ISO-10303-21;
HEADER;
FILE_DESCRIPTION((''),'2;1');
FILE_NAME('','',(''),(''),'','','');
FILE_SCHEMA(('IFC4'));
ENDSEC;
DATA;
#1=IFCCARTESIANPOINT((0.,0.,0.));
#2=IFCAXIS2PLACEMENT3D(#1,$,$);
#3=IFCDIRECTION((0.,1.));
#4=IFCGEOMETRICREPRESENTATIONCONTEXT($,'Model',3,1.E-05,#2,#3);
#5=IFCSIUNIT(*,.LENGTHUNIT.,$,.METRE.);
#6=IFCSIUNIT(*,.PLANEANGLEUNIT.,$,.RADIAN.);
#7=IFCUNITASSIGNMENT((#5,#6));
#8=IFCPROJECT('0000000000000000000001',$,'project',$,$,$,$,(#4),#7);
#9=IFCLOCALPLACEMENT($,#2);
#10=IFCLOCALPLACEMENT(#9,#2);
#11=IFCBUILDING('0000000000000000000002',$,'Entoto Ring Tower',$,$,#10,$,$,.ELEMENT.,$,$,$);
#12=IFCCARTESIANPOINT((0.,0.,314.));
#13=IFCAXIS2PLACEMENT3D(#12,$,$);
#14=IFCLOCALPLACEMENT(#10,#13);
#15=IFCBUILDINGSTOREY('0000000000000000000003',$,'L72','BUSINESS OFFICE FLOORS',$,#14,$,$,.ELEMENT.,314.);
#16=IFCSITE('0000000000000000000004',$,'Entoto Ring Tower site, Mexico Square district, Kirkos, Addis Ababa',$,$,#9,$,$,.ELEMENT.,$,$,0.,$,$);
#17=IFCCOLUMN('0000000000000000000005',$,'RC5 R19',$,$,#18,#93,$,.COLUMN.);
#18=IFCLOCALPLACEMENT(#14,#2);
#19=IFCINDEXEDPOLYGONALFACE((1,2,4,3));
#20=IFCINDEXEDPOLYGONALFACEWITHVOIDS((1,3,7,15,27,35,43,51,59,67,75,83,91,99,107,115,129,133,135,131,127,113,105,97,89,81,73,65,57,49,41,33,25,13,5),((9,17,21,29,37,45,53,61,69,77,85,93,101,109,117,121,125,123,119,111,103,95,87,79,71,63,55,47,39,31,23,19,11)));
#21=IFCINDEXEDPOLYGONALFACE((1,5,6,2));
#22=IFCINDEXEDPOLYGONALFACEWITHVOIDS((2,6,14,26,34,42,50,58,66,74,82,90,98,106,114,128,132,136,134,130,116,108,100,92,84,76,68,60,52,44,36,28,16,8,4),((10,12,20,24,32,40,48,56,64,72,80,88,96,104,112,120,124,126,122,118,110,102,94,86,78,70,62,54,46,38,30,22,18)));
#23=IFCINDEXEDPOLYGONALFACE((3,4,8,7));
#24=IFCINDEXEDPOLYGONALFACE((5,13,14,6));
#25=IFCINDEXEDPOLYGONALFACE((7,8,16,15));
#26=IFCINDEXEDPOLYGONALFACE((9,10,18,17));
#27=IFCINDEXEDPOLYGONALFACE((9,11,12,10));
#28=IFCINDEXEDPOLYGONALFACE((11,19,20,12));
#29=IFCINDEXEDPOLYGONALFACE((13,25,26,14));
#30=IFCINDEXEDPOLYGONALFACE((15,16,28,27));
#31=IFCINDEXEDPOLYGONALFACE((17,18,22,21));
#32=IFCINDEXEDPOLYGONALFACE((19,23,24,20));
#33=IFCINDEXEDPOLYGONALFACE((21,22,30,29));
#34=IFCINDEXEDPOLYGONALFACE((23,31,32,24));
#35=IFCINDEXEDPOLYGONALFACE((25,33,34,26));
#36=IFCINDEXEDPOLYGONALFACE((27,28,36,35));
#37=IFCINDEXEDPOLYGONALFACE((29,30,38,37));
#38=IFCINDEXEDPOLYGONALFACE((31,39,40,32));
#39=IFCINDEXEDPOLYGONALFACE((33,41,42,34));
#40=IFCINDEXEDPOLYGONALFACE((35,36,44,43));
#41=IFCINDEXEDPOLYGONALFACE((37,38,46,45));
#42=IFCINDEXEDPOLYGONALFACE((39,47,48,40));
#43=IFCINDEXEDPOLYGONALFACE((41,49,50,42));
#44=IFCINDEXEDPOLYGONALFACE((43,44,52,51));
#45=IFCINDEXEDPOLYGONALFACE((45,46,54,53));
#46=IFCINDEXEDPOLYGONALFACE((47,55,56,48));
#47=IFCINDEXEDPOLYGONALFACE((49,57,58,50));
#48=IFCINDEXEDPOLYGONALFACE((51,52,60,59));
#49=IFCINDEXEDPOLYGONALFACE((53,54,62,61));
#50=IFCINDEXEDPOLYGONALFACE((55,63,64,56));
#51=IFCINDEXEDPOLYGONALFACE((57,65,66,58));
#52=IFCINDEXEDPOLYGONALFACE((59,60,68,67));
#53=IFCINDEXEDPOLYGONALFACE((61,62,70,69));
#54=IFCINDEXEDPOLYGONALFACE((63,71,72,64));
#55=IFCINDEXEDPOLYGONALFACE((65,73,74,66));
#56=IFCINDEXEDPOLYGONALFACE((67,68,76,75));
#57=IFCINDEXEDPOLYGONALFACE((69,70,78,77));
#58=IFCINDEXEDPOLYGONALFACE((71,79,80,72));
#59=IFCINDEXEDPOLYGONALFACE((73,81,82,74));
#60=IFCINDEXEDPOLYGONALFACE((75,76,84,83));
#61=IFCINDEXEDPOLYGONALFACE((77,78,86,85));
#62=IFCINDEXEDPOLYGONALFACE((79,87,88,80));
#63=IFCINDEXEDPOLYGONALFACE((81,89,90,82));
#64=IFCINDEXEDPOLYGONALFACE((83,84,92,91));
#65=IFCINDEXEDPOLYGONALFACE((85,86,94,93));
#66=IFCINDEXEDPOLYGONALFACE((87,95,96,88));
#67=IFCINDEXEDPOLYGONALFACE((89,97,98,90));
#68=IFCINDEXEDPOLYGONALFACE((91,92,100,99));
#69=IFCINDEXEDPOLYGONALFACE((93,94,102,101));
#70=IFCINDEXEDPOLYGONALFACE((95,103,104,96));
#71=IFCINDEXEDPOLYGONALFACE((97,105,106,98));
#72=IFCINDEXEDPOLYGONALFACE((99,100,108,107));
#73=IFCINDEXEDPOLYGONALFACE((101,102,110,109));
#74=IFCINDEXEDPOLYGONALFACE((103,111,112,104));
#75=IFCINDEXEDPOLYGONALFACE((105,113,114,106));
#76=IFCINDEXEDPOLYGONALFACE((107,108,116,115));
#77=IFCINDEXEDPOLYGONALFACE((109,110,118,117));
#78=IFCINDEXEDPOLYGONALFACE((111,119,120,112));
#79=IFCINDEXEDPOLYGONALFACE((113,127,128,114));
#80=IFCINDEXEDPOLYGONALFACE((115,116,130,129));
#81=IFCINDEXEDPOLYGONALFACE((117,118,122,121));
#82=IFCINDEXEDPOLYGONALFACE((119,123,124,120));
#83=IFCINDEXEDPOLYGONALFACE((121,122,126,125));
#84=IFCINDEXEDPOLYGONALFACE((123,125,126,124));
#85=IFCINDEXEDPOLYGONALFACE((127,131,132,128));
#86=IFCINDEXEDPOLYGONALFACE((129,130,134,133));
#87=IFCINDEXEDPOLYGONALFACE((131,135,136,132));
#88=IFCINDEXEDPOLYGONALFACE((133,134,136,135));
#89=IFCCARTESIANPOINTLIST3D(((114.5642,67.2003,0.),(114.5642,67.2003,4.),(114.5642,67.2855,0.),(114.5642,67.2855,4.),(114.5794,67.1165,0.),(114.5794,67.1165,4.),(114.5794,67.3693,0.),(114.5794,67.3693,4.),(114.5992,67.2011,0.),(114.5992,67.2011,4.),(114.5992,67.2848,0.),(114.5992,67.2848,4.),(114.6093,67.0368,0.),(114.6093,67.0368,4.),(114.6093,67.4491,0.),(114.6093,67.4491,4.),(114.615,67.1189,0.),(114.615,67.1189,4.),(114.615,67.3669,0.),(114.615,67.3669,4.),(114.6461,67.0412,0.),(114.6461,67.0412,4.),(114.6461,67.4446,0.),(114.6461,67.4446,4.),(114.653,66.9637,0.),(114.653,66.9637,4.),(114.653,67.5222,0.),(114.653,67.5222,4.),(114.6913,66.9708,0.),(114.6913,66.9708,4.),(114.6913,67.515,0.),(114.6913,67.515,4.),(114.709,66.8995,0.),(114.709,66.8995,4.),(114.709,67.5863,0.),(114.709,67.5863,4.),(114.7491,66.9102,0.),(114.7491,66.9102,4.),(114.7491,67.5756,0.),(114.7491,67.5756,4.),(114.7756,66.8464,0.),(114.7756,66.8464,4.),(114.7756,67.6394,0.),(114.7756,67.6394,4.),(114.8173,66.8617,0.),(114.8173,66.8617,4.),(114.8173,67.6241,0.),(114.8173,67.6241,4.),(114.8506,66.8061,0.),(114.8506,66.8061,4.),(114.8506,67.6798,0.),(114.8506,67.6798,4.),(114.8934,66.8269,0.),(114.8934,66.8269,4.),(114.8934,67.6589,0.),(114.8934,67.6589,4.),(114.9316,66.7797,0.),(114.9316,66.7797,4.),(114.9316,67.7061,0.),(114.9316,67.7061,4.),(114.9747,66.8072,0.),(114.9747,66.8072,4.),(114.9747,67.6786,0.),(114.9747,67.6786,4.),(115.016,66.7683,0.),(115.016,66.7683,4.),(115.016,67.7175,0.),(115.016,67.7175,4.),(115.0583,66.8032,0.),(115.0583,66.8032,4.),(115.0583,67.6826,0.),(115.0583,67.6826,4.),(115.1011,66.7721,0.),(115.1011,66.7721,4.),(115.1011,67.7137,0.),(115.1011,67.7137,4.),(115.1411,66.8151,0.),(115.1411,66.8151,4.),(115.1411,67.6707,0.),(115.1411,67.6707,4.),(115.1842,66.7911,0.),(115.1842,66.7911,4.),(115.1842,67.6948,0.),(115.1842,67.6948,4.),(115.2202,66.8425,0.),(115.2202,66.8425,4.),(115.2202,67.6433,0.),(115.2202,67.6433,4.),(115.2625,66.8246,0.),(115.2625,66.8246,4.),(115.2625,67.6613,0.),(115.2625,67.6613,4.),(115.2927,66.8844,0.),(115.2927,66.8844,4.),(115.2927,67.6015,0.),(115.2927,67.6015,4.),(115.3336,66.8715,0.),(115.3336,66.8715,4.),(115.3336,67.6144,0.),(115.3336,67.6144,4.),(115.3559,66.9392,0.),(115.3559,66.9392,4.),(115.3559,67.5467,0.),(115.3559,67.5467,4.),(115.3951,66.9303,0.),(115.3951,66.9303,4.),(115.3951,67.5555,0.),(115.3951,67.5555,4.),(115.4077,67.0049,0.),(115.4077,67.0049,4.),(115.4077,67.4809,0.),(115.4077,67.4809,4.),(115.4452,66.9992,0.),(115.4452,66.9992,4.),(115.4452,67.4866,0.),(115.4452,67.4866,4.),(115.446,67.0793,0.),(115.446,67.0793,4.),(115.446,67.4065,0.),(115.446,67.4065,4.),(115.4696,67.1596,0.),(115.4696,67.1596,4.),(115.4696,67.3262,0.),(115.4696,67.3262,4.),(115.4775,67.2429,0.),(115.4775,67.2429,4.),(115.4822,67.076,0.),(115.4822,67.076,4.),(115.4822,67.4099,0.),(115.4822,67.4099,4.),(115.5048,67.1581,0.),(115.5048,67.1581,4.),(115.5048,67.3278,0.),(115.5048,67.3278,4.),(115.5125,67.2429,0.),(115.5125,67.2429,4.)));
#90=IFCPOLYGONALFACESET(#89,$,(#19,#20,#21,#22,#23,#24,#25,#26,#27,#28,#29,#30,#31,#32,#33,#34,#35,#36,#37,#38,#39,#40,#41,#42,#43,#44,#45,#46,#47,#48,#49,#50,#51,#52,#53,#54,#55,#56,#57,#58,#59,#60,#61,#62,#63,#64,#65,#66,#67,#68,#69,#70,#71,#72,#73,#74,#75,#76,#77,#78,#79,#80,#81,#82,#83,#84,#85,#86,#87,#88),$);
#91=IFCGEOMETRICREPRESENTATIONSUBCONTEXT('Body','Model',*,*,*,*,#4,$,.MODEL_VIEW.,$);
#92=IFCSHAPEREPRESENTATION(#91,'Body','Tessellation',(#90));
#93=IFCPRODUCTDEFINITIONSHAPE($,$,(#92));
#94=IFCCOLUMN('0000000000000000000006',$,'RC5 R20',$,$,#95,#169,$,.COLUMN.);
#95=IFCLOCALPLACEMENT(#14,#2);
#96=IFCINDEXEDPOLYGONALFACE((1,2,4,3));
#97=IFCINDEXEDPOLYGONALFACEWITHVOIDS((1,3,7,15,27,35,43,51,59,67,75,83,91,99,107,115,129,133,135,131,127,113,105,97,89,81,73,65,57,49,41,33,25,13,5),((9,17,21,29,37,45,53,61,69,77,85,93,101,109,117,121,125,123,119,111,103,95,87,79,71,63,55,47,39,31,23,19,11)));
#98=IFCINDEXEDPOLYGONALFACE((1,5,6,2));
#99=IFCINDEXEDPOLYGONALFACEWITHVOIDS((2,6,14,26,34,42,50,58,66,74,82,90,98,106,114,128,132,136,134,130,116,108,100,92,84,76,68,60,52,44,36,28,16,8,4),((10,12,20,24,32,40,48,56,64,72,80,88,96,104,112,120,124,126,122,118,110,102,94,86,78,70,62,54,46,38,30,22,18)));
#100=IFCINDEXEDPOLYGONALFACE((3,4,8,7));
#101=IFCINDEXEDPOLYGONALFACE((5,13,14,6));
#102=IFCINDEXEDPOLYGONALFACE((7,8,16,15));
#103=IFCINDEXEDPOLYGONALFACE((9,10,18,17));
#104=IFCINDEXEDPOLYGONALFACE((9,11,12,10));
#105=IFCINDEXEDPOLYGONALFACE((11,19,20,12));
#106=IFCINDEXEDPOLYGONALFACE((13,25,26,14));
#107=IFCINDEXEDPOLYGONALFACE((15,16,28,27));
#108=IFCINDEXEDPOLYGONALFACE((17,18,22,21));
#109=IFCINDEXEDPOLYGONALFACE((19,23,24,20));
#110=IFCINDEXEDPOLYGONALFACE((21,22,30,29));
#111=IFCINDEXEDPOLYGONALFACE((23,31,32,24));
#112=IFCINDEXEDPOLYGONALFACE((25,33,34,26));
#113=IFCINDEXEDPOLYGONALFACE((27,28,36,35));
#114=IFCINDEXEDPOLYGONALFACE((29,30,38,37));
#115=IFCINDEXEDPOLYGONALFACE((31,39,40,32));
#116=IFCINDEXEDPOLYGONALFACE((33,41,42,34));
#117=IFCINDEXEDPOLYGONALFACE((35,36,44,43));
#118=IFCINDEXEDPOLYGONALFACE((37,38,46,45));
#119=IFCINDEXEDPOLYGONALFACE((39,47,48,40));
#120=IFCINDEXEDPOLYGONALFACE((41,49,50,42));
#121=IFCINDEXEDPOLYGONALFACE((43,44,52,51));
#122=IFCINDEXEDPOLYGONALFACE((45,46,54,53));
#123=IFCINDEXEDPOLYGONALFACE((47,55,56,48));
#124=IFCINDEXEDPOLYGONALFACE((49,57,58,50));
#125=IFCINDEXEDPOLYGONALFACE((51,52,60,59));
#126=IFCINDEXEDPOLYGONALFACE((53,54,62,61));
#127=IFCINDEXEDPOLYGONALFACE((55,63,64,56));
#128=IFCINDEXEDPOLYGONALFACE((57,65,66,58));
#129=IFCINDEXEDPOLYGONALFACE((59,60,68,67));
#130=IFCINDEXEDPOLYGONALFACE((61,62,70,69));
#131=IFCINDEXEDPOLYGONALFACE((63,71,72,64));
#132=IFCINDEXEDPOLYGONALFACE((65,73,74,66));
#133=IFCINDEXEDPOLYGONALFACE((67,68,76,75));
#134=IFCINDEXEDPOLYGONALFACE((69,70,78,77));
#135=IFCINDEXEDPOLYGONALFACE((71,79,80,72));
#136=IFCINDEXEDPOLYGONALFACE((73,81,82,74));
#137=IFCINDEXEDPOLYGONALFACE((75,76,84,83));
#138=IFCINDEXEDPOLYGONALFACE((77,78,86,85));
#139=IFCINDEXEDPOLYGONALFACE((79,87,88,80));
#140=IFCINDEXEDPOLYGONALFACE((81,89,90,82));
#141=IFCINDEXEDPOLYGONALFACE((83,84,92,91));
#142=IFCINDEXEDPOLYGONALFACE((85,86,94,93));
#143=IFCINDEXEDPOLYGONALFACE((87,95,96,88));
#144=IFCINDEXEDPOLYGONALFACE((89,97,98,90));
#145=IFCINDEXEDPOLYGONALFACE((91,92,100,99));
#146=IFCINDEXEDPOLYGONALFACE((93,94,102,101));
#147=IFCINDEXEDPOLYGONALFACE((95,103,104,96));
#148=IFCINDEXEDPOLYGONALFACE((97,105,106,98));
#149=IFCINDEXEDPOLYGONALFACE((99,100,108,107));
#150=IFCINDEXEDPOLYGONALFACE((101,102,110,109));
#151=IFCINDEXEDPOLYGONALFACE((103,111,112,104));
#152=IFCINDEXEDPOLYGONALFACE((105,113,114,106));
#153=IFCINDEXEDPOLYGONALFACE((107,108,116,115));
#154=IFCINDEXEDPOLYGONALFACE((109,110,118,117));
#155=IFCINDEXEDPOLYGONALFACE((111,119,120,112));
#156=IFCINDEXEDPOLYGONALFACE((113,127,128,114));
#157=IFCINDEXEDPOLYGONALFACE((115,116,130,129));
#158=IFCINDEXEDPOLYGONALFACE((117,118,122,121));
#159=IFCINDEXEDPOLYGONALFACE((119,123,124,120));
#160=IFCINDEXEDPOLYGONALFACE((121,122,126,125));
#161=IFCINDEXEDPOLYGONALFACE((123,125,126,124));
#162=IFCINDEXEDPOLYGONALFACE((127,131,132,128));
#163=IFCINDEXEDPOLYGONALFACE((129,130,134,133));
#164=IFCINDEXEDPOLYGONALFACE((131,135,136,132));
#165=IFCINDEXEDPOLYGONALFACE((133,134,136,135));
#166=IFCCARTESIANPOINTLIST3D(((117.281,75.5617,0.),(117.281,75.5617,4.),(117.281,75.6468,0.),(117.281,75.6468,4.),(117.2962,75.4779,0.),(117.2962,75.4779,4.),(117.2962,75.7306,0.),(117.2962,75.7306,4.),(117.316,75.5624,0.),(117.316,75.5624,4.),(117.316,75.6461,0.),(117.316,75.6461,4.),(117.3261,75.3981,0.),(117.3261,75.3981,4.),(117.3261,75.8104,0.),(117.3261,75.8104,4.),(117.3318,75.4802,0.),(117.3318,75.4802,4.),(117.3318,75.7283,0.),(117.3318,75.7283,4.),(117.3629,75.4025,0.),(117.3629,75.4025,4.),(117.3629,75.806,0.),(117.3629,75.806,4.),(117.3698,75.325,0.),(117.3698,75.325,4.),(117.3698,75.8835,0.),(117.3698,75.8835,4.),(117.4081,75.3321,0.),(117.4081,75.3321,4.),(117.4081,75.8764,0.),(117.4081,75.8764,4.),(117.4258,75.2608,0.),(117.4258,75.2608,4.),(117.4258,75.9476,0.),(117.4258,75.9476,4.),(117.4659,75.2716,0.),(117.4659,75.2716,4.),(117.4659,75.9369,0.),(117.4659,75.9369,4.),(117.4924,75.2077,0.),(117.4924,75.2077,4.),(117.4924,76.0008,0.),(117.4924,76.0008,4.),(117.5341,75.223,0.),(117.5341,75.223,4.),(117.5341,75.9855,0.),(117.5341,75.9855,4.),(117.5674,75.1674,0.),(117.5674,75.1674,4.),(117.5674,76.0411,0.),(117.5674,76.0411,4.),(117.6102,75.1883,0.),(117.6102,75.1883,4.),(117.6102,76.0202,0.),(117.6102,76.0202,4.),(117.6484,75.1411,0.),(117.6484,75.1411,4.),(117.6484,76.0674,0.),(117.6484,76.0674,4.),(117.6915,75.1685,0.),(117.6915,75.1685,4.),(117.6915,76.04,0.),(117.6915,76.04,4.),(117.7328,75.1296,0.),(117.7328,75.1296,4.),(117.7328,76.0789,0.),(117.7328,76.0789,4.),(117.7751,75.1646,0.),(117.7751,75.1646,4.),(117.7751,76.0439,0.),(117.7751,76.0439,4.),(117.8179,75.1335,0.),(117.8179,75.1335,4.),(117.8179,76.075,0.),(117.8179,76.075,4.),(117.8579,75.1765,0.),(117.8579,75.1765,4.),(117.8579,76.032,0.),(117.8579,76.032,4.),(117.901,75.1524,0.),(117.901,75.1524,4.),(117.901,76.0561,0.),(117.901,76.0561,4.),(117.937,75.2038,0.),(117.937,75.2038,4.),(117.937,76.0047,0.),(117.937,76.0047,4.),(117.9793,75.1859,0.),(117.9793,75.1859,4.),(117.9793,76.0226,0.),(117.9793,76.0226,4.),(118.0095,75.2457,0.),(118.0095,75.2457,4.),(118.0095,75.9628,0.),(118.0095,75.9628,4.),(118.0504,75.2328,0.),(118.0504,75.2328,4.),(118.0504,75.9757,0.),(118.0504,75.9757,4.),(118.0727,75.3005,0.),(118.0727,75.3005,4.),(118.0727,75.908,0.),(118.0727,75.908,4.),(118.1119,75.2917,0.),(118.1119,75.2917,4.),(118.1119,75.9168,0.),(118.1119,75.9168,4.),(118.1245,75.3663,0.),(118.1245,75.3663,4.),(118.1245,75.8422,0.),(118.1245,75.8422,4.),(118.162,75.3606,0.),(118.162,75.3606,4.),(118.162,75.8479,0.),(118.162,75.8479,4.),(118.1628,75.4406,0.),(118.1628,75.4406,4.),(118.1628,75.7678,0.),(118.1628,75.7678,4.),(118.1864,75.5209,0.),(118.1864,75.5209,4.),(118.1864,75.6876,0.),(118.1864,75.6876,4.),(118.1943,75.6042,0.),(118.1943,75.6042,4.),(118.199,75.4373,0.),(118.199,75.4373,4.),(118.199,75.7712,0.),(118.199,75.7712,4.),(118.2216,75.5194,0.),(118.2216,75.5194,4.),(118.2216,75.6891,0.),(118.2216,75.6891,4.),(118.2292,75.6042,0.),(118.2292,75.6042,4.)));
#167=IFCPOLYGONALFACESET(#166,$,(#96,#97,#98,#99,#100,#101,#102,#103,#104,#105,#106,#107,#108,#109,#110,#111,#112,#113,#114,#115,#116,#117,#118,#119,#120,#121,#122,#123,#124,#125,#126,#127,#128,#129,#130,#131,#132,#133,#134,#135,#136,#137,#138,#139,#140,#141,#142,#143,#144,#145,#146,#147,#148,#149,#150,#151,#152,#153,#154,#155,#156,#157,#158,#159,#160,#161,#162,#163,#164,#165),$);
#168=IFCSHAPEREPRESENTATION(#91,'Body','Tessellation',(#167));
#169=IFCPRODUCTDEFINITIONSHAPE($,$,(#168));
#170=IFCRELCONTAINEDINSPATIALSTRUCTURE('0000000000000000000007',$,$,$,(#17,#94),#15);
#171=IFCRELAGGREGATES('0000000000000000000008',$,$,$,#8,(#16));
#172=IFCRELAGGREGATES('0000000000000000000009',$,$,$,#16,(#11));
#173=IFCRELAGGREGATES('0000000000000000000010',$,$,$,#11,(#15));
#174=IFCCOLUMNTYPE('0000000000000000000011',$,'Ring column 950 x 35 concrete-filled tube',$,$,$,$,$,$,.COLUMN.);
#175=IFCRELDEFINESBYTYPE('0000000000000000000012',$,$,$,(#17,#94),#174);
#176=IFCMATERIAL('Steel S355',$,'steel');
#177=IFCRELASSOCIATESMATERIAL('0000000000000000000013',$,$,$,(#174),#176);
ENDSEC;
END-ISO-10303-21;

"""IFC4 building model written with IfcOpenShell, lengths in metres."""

from ifc_helpers import new_model, si_unit, direction, frame, origin, origin_2d, place, context, subcontext, project, spatial, circle, hollow_circle, extrude, material, material_profile, profile_set, type_object, element, save


model = new_model("IFC4")

# Units and contexts
model_context = context("Model", 3, precision=1e-05, world=origin(), true_north=direction((0.0, 1.0)))
body_context = subcontext(model_context, "Body", "Model", "MODEL_VIEW")
ifc_project = project(units=[si_unit("LENGTHUNIT", "METRE"), si_unit("PLANEANGLEUNIT", "RADIAN")], contexts=[model_context])

# Site, building, storey
site_placement = place(None, origin())
site = spatial("IfcSite", under=ifc_project, at=site_placement, Name="Entoto Ring Tower site, Mexico Square district, Kirkos, Addis Ababa", CompositionType="ELEMENT", RefElevation=0.0)
building_placement = place(site_placement, origin())
building = spatial("IfcBuilding", under=site, at=building_placement, Name="Entoto Ring Tower", CompositionType="ELEMENT")
storey_placement = place(building_placement, frame((0.0, 0.0, 314.0)))
storey = spatial("IfcBuildingStorey", under=building, at=storey_placement, Name="L72", Description="BUSINESS OFFICE FLOORS", CompositionType="ELEMENT", Elevation=314.0)

# Columns
ifc_material_1 = material(Name="Steel S355", Category="steel")
ifc_material_profile_1 = material_profile(ifc_material_1, hollow_circle(Radius=0.4751, WallThickness=0.0349, at=origin_2d()), Name="CHS 950 x 35")
ifc_material_2 = material(Name="Concrete C60/75", Category="concrete")
ifc_material_profile_2 = material_profile(ifc_material_2, circle(Radius=0.4399, at=origin_2d()), Name="Concrete C60/75 infill")
ifc_profile_set_1 = profile_set([ifc_material_profile_1, ifc_material_profile_2], Name="Steel S355")
column_type = type_object("IfcColumnType", Name="Ring column 950 x 35 concrete-filled tube", PredefinedType="COLUMN", material=ifc_profile_set_1)
for number, where, z_axis, x_axis, name in (
    (1, (115.0374, 67.2429, 0.0), (0.0, 0.0, 1.0), (1.0, 0.0, 0.0), "RC5 R19"),
    (2, (117.7542, 75.6042, 0.0), (0.0, 0.0, 1.0), (1.0, 0.0, 0.0), "RC5 R20"),
):
    element("IfcColumn", number, at=place(storey_placement, frame(where, z_axis=z_axis, x_axis=x_axis)), inside=storey, type_object=column_type, Name=name, PredefinedType="COLUMN", context=body_context, shape_type="SweptSolid", body=[
        extrude(hollow_circle(Radius=0.4751, WallThickness=0.0349, at=origin_2d()), origin(), (0.0, 0.0, 1.0), 4.0),
    ])

save(model, "model.ifc")
